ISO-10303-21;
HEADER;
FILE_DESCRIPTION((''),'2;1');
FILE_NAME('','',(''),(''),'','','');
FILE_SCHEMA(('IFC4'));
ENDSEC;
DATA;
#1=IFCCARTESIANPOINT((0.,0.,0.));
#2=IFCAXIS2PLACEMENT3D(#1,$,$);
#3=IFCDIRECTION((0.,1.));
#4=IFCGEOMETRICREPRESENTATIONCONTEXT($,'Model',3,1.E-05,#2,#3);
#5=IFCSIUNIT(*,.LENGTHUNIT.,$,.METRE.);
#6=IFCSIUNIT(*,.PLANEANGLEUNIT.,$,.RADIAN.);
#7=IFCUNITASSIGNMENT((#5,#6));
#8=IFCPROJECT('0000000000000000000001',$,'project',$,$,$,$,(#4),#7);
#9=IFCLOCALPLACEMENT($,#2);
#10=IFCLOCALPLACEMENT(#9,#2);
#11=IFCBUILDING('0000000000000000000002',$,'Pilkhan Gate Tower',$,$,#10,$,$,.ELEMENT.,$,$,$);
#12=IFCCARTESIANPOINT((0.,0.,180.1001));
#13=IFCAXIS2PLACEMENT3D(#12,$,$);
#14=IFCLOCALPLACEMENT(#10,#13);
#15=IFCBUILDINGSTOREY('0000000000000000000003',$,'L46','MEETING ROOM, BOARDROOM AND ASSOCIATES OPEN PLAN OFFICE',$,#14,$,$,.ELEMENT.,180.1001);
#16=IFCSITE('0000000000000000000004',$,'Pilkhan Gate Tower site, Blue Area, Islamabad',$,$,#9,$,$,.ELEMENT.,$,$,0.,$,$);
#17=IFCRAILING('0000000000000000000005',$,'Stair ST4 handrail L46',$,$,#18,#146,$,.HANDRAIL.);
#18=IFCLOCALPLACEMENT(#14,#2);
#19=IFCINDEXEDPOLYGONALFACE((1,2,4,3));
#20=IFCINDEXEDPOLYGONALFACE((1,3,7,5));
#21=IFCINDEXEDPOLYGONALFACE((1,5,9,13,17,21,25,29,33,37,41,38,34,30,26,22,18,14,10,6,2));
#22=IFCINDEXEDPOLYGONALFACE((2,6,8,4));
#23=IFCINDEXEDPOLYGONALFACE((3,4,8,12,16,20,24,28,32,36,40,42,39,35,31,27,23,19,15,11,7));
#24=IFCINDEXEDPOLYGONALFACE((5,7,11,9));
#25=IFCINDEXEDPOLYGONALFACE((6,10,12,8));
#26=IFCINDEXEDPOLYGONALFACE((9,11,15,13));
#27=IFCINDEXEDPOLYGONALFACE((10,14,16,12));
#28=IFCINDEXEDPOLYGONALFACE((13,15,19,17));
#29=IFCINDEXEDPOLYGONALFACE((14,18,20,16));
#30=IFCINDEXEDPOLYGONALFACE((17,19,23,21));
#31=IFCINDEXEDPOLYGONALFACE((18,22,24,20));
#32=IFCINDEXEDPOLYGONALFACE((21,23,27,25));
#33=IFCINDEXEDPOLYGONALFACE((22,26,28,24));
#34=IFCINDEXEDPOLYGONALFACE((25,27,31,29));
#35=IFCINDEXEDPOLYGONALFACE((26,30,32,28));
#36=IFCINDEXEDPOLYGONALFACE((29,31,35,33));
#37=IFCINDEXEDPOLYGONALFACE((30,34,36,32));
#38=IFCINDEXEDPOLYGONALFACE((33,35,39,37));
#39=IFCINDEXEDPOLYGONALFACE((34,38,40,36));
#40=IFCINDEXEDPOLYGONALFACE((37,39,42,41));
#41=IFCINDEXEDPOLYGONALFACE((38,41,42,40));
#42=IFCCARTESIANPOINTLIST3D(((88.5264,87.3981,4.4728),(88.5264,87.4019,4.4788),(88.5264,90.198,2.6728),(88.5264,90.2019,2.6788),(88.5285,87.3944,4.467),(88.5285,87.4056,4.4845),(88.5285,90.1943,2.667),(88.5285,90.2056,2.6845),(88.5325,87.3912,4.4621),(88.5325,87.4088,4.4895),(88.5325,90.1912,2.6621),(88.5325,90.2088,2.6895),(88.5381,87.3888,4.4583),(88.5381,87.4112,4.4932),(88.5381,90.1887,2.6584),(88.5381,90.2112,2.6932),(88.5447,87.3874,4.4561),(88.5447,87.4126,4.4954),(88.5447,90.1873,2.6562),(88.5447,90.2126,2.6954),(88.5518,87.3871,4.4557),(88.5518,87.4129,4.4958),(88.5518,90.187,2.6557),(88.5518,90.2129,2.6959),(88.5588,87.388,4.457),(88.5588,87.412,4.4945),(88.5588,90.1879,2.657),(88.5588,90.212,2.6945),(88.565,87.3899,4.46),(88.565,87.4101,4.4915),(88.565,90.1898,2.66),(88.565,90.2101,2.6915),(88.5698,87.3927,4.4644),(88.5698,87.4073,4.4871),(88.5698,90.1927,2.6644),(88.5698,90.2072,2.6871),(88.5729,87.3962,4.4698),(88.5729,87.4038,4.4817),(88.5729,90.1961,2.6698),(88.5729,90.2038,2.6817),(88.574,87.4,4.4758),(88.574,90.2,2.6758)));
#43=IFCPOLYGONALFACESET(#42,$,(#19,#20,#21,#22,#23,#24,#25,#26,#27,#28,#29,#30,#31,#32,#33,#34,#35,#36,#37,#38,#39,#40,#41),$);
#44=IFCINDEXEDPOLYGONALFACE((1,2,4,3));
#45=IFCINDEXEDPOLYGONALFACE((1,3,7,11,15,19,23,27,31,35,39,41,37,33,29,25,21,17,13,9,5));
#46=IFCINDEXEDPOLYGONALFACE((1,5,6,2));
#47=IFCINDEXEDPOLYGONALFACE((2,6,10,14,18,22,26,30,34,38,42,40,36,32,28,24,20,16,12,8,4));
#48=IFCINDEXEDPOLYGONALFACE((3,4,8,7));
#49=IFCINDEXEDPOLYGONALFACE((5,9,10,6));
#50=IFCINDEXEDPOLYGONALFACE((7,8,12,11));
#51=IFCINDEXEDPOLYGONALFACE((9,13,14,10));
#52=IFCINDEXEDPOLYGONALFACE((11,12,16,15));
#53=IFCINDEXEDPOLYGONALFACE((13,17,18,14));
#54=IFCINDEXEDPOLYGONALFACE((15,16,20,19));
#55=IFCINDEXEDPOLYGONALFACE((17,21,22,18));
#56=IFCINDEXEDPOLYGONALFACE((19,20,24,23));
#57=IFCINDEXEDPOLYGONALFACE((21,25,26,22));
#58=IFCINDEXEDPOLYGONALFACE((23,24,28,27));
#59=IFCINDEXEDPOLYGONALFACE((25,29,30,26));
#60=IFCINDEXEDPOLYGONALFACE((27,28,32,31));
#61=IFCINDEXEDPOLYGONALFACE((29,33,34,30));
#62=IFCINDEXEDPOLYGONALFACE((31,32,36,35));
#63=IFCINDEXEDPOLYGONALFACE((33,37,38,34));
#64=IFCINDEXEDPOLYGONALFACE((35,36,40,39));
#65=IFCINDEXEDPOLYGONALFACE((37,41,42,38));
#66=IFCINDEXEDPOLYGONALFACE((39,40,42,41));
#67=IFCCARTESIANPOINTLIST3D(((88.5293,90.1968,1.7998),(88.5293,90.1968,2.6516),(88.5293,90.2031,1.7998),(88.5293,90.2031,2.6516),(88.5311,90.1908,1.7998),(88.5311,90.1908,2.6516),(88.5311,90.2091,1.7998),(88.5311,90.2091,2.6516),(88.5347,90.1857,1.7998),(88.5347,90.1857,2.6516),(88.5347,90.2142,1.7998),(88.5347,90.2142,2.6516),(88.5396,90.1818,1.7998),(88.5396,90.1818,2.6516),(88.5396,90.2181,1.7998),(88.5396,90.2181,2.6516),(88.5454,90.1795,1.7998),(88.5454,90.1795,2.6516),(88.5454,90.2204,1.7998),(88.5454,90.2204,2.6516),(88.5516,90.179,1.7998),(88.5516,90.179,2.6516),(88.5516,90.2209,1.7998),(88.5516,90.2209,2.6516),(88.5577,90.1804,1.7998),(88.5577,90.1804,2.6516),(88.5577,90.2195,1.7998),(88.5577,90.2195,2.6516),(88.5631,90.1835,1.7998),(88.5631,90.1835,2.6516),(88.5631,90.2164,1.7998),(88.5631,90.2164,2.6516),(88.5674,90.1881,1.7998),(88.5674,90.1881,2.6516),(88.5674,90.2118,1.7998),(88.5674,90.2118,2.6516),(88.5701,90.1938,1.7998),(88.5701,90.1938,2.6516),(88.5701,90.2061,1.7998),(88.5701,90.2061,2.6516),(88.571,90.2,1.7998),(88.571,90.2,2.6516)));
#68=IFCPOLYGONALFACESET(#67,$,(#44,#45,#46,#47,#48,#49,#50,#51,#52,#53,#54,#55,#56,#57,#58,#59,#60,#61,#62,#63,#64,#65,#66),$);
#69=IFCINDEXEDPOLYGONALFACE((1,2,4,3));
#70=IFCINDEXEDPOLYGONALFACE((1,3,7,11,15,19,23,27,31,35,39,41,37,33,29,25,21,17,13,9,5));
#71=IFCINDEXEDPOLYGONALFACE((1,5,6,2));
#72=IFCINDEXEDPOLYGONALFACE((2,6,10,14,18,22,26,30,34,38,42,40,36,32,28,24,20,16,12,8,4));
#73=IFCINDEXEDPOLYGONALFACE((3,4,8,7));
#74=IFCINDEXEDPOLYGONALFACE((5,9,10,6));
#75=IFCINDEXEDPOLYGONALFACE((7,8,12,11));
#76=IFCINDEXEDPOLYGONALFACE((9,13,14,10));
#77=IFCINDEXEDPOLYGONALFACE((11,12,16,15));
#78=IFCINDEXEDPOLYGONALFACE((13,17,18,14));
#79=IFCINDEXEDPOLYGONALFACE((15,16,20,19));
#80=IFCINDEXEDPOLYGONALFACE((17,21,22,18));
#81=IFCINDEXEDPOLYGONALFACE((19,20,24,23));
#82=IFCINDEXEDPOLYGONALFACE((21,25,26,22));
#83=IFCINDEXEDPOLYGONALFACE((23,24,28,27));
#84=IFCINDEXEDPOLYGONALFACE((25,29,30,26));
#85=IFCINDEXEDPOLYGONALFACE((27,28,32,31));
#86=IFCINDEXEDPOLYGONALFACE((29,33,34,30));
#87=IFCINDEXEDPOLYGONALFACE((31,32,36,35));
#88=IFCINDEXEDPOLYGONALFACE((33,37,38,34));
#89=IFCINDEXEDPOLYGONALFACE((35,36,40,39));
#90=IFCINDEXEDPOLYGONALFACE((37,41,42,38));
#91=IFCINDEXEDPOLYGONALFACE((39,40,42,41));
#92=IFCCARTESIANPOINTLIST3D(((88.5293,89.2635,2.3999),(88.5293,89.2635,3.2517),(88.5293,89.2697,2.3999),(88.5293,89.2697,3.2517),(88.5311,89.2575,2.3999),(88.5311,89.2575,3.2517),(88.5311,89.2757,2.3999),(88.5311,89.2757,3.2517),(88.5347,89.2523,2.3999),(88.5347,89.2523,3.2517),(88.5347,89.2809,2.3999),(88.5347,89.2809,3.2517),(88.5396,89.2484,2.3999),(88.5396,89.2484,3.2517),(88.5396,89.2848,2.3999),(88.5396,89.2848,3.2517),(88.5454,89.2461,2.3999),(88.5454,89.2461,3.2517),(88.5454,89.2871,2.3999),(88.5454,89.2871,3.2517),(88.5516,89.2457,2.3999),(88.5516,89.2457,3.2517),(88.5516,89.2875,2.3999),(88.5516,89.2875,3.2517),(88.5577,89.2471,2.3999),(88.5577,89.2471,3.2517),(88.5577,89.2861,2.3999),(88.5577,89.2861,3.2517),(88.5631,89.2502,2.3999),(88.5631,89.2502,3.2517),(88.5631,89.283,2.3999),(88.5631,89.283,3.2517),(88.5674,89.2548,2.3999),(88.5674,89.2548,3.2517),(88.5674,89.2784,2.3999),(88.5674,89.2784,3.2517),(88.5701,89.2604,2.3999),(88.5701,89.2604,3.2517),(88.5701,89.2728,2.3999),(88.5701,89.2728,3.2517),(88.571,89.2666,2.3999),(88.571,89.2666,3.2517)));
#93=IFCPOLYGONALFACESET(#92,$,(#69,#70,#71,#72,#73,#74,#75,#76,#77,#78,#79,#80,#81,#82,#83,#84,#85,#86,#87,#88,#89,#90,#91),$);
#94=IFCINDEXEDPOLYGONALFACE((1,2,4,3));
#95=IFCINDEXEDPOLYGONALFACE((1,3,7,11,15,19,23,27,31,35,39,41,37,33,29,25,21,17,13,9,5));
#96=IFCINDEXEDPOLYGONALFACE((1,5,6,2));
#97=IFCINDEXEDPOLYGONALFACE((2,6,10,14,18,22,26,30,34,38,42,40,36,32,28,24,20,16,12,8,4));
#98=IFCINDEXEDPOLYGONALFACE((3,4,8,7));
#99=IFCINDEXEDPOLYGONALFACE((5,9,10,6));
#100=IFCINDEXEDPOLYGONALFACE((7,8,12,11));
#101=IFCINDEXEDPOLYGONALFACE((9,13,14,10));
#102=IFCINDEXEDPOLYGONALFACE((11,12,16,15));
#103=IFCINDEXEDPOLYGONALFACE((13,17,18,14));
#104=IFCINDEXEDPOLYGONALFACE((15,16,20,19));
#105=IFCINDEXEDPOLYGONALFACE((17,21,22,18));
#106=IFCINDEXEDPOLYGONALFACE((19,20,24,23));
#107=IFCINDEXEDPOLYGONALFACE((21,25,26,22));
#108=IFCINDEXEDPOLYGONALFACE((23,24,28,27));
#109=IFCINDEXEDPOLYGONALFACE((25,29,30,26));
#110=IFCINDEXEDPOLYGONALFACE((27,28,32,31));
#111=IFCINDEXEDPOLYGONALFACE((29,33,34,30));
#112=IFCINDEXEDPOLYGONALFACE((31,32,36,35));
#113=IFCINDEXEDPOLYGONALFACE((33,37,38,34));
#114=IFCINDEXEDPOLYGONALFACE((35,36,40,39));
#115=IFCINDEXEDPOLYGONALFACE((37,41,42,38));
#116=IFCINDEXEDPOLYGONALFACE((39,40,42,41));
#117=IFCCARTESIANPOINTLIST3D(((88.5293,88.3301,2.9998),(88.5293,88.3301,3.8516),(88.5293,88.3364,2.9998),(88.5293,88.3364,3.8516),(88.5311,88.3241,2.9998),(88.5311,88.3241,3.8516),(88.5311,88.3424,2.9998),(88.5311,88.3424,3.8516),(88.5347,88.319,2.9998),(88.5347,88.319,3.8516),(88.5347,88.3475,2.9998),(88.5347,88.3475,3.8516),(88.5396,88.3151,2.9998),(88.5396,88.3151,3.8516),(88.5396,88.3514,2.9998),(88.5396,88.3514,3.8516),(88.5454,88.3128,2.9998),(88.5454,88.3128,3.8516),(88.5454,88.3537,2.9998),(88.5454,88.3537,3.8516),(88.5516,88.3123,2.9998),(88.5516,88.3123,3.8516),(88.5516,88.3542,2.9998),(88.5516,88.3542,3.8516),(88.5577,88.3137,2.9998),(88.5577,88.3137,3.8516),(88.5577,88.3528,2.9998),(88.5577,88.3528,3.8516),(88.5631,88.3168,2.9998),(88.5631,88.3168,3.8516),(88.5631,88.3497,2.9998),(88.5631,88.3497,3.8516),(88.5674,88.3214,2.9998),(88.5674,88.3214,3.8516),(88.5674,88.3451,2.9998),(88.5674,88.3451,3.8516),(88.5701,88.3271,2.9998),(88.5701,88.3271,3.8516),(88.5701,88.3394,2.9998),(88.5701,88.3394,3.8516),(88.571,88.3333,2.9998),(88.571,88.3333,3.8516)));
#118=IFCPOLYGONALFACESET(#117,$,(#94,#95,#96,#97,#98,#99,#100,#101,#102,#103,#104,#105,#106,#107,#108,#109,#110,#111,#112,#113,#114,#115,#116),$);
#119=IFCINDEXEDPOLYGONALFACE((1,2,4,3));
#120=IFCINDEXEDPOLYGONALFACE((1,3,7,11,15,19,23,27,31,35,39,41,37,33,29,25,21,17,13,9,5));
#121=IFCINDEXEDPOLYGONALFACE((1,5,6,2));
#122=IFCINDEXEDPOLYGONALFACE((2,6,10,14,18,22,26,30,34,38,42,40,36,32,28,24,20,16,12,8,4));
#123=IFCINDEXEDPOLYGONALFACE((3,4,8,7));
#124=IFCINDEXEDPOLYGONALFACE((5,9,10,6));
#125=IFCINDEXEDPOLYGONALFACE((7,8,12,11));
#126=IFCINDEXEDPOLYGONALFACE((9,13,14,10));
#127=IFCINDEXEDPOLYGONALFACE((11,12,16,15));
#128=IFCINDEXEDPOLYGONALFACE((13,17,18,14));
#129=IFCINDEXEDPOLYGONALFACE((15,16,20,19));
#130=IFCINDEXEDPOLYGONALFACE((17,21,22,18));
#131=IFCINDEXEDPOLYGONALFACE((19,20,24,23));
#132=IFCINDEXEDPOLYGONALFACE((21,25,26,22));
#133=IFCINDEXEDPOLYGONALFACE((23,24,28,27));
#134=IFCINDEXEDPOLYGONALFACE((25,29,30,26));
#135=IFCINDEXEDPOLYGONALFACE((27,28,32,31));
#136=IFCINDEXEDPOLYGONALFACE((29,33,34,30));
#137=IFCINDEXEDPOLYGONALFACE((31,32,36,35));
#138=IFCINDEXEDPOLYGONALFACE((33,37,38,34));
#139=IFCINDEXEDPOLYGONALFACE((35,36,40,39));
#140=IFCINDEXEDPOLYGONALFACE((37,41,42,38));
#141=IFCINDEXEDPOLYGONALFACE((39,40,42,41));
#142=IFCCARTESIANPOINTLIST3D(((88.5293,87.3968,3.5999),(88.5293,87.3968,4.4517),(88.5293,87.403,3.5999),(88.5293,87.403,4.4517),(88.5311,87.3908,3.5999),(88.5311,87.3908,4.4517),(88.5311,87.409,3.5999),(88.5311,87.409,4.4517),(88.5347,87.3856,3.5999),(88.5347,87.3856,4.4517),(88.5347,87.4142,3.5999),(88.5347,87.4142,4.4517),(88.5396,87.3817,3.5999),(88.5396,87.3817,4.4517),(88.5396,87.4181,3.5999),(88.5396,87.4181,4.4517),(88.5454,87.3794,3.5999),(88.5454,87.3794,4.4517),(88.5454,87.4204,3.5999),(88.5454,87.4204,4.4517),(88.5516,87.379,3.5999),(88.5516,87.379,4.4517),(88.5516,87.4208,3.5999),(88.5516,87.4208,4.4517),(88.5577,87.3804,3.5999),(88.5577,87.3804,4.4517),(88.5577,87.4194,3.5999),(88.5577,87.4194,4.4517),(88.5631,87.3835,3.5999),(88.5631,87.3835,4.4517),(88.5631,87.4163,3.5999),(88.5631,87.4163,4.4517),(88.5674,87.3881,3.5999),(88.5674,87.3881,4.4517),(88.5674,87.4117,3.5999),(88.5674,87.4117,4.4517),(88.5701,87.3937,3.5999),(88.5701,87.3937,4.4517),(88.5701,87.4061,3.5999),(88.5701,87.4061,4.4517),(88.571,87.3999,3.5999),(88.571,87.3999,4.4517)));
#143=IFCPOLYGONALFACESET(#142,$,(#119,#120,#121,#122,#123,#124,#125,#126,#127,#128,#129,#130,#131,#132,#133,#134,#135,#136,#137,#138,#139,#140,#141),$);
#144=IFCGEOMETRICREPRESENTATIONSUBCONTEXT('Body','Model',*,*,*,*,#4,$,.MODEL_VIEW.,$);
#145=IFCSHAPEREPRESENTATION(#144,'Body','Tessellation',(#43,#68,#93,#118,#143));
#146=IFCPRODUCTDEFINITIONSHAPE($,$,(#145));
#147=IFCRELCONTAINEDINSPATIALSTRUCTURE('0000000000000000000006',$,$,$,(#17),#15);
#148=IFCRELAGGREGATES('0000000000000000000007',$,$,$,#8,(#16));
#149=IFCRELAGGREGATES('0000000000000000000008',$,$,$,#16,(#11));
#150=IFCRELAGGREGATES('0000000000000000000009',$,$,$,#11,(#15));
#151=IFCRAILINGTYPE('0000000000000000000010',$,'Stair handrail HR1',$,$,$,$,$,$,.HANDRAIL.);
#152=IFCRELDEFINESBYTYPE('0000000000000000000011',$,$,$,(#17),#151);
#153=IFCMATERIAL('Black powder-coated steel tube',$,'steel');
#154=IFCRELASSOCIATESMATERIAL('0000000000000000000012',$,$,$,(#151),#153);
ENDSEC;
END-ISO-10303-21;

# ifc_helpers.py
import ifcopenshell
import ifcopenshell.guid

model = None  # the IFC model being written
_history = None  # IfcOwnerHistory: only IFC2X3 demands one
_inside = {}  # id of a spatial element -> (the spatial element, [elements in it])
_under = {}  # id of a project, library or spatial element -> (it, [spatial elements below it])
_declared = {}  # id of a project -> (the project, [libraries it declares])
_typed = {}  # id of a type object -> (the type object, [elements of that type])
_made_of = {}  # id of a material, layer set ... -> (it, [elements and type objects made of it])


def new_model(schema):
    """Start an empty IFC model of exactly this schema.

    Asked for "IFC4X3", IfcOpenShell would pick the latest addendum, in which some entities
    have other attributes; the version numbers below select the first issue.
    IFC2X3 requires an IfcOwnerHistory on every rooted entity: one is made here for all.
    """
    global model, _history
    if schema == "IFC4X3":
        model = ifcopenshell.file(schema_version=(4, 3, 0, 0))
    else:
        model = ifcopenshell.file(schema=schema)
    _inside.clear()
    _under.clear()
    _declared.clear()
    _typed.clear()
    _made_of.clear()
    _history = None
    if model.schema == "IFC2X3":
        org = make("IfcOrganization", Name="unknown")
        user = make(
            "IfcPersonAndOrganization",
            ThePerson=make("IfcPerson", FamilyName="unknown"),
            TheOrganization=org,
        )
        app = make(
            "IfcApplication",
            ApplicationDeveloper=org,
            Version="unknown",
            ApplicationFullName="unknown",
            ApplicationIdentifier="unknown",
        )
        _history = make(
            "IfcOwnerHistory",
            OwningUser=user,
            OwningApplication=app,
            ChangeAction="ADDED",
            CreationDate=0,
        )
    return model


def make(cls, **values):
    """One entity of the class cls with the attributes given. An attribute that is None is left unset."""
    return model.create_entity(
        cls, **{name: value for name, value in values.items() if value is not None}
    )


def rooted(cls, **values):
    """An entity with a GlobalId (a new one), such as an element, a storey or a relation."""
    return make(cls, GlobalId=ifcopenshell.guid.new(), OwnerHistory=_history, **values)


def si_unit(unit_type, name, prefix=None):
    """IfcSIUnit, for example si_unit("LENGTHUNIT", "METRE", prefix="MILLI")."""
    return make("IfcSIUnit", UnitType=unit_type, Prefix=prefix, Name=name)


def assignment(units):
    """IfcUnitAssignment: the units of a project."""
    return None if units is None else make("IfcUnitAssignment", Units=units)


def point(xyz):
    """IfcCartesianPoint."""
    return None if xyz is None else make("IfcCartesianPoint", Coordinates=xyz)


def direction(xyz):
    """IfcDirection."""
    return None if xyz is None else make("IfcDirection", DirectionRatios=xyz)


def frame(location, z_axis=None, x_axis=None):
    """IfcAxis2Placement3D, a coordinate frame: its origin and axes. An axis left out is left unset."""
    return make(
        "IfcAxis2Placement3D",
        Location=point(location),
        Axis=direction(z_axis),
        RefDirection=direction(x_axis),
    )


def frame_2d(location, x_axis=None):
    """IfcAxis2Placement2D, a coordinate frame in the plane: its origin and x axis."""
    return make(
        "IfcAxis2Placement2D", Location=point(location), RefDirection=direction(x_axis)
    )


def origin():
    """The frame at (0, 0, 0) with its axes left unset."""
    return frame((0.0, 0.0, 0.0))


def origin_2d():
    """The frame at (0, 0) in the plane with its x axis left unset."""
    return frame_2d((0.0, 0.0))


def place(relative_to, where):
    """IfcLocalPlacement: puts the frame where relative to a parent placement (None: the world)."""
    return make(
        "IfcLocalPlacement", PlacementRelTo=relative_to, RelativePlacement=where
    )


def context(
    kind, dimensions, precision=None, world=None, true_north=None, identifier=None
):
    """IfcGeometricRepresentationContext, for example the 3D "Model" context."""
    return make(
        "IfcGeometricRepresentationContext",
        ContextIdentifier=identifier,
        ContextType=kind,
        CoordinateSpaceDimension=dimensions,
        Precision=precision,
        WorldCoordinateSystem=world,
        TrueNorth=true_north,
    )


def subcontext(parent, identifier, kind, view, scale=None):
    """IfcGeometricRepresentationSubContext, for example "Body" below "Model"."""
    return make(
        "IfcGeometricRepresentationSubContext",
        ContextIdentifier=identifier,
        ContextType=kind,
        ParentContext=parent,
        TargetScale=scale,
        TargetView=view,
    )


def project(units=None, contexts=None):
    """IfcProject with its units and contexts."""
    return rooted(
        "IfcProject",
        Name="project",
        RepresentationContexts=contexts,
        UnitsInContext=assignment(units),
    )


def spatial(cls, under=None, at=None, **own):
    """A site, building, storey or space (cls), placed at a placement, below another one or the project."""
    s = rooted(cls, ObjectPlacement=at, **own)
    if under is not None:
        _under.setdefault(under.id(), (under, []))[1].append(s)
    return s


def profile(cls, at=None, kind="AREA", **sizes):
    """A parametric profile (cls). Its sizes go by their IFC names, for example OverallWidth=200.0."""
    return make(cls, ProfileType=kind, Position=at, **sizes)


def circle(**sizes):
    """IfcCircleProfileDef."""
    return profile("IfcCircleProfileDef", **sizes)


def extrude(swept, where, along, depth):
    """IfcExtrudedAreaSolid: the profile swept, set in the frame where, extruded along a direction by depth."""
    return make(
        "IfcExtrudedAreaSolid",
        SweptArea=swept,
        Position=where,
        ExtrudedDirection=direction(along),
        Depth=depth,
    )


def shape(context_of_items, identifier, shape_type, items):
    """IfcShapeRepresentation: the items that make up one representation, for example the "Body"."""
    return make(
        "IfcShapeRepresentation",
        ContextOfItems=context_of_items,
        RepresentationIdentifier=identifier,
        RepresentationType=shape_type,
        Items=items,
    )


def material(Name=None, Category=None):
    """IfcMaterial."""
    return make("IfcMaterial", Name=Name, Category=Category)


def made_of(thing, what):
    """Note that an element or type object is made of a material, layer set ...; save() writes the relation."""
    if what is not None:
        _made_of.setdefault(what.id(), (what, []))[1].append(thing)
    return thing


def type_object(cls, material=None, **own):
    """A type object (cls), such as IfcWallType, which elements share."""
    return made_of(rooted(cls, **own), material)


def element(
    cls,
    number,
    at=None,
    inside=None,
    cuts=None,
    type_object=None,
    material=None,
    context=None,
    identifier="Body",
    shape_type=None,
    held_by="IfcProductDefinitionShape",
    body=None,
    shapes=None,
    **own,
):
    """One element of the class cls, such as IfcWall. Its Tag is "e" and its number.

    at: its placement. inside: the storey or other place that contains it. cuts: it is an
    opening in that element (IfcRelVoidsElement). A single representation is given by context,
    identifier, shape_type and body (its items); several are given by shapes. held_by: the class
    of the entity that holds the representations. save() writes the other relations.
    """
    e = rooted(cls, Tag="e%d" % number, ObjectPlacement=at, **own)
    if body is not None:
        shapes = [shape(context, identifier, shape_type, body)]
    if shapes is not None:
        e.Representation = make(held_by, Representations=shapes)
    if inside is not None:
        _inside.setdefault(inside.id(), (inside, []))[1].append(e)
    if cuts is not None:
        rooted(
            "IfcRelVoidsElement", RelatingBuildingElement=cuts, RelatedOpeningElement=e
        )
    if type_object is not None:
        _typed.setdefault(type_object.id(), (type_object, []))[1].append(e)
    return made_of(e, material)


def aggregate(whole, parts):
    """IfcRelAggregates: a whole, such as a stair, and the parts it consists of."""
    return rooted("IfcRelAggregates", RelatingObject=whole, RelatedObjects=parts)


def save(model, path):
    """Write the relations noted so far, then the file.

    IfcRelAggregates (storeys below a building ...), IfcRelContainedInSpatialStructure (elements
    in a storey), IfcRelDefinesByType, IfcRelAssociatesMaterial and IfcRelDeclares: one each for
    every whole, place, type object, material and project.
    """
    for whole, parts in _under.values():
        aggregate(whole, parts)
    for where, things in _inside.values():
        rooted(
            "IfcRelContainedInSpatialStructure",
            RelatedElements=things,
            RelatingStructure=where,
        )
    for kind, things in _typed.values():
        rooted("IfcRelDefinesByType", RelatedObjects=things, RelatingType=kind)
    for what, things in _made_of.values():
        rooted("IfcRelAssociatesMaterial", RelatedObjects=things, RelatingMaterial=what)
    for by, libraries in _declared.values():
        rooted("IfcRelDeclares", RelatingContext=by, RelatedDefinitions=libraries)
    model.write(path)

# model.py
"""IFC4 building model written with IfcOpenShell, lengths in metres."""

from ifc_helpers import new_model, si_unit, direction, frame, origin, origin_2d, place, context, subcontext, project, spatial, circle, extrude, material, type_object, element, save


model = new_model("IFC4")

# Units and contexts
model_context = context("Model", 3, precision=1e-05, world=origin(), true_north=direction((0.0, 1.0)))
body_context = subcontext(model_context, "Body", "Model", "MODEL_VIEW")
ifc_project = project(units=[si_unit("LENGTHUNIT", "METRE"), si_unit("PLANEANGLEUNIT", "RADIAN")], contexts=[model_context])

# Site, building, storey
site_placement = place(None, origin())
site = spatial("IfcSite", under=ifc_project, at=site_placement, Name="Pilkhan Gate Tower site, Blue Area, Islamabad", CompositionType="ELEMENT", RefElevation=0.0)
building_placement = place(site_placement, origin())
building = spatial("IfcBuilding", under=site, at=building_placement, Name="Pilkhan Gate Tower", CompositionType="ELEMENT")
storey_placement = place(building_placement, frame((0.0, 0.0, 180.1001)))
storey = spatial("IfcBuildingStorey", under=building, at=storey_placement, Name="L46", Description="MEETING ROOM, BOARDROOM AND ASSOCIATES OPEN PLAN OFFICE", CompositionType="ELEMENT", Elevation=180.1001)

# Railing
ifc_material_1 = material(Name="Black powder-coated steel tube", Category="steel")
railing_type_1 = type_object("IfcRailingType", Name="Stair handrail HR1", PredefinedType="HANDRAIL", material=ifc_material_1)
railing_1_placement = place(storey_placement, frame((88.55, 90.2, 1.7998)))
element("IfcRailing", 1, at=railing_1_placement, inside=storey, type_object=railing_type_1, Name="Stair ST4 handrail L46", PredefinedType="HANDRAIL", context=body_context, shape_type="SweptSolid", body=[
    extrude(circle(Radius=0.0239, at=origin_2d()), frame((0.0, 0.0, 0.876), z_axis=(0.0, -0.841176, 0.540761), x_axis=(1.0, 0.0, 0.0)), (0.0, 0.0, 1.0), 3.3286),
    extrude(circle(Radius=0.021, at=origin_2d()), origin(), (0.0, 0.0, 1.0), 0.8518),
    extrude(circle(Radius=0.021, at=origin_2d()), frame((0.0, -0.9333, 0.6001)), (0.0, 0.0, 1.0), 0.8518),
    extrude(circle(Radius=0.021, at=origin_2d()), frame((0.0, -1.8667, 1.2)), (0.0, 0.0, 1.0), 0.8518),
    extrude(circle(Radius=0.021, at=origin_2d()), frame((0.0, -2.8, 1.8)), (0.0, 0.0, 1.0), 0.8518),
])

save(model, "model.ifc")
